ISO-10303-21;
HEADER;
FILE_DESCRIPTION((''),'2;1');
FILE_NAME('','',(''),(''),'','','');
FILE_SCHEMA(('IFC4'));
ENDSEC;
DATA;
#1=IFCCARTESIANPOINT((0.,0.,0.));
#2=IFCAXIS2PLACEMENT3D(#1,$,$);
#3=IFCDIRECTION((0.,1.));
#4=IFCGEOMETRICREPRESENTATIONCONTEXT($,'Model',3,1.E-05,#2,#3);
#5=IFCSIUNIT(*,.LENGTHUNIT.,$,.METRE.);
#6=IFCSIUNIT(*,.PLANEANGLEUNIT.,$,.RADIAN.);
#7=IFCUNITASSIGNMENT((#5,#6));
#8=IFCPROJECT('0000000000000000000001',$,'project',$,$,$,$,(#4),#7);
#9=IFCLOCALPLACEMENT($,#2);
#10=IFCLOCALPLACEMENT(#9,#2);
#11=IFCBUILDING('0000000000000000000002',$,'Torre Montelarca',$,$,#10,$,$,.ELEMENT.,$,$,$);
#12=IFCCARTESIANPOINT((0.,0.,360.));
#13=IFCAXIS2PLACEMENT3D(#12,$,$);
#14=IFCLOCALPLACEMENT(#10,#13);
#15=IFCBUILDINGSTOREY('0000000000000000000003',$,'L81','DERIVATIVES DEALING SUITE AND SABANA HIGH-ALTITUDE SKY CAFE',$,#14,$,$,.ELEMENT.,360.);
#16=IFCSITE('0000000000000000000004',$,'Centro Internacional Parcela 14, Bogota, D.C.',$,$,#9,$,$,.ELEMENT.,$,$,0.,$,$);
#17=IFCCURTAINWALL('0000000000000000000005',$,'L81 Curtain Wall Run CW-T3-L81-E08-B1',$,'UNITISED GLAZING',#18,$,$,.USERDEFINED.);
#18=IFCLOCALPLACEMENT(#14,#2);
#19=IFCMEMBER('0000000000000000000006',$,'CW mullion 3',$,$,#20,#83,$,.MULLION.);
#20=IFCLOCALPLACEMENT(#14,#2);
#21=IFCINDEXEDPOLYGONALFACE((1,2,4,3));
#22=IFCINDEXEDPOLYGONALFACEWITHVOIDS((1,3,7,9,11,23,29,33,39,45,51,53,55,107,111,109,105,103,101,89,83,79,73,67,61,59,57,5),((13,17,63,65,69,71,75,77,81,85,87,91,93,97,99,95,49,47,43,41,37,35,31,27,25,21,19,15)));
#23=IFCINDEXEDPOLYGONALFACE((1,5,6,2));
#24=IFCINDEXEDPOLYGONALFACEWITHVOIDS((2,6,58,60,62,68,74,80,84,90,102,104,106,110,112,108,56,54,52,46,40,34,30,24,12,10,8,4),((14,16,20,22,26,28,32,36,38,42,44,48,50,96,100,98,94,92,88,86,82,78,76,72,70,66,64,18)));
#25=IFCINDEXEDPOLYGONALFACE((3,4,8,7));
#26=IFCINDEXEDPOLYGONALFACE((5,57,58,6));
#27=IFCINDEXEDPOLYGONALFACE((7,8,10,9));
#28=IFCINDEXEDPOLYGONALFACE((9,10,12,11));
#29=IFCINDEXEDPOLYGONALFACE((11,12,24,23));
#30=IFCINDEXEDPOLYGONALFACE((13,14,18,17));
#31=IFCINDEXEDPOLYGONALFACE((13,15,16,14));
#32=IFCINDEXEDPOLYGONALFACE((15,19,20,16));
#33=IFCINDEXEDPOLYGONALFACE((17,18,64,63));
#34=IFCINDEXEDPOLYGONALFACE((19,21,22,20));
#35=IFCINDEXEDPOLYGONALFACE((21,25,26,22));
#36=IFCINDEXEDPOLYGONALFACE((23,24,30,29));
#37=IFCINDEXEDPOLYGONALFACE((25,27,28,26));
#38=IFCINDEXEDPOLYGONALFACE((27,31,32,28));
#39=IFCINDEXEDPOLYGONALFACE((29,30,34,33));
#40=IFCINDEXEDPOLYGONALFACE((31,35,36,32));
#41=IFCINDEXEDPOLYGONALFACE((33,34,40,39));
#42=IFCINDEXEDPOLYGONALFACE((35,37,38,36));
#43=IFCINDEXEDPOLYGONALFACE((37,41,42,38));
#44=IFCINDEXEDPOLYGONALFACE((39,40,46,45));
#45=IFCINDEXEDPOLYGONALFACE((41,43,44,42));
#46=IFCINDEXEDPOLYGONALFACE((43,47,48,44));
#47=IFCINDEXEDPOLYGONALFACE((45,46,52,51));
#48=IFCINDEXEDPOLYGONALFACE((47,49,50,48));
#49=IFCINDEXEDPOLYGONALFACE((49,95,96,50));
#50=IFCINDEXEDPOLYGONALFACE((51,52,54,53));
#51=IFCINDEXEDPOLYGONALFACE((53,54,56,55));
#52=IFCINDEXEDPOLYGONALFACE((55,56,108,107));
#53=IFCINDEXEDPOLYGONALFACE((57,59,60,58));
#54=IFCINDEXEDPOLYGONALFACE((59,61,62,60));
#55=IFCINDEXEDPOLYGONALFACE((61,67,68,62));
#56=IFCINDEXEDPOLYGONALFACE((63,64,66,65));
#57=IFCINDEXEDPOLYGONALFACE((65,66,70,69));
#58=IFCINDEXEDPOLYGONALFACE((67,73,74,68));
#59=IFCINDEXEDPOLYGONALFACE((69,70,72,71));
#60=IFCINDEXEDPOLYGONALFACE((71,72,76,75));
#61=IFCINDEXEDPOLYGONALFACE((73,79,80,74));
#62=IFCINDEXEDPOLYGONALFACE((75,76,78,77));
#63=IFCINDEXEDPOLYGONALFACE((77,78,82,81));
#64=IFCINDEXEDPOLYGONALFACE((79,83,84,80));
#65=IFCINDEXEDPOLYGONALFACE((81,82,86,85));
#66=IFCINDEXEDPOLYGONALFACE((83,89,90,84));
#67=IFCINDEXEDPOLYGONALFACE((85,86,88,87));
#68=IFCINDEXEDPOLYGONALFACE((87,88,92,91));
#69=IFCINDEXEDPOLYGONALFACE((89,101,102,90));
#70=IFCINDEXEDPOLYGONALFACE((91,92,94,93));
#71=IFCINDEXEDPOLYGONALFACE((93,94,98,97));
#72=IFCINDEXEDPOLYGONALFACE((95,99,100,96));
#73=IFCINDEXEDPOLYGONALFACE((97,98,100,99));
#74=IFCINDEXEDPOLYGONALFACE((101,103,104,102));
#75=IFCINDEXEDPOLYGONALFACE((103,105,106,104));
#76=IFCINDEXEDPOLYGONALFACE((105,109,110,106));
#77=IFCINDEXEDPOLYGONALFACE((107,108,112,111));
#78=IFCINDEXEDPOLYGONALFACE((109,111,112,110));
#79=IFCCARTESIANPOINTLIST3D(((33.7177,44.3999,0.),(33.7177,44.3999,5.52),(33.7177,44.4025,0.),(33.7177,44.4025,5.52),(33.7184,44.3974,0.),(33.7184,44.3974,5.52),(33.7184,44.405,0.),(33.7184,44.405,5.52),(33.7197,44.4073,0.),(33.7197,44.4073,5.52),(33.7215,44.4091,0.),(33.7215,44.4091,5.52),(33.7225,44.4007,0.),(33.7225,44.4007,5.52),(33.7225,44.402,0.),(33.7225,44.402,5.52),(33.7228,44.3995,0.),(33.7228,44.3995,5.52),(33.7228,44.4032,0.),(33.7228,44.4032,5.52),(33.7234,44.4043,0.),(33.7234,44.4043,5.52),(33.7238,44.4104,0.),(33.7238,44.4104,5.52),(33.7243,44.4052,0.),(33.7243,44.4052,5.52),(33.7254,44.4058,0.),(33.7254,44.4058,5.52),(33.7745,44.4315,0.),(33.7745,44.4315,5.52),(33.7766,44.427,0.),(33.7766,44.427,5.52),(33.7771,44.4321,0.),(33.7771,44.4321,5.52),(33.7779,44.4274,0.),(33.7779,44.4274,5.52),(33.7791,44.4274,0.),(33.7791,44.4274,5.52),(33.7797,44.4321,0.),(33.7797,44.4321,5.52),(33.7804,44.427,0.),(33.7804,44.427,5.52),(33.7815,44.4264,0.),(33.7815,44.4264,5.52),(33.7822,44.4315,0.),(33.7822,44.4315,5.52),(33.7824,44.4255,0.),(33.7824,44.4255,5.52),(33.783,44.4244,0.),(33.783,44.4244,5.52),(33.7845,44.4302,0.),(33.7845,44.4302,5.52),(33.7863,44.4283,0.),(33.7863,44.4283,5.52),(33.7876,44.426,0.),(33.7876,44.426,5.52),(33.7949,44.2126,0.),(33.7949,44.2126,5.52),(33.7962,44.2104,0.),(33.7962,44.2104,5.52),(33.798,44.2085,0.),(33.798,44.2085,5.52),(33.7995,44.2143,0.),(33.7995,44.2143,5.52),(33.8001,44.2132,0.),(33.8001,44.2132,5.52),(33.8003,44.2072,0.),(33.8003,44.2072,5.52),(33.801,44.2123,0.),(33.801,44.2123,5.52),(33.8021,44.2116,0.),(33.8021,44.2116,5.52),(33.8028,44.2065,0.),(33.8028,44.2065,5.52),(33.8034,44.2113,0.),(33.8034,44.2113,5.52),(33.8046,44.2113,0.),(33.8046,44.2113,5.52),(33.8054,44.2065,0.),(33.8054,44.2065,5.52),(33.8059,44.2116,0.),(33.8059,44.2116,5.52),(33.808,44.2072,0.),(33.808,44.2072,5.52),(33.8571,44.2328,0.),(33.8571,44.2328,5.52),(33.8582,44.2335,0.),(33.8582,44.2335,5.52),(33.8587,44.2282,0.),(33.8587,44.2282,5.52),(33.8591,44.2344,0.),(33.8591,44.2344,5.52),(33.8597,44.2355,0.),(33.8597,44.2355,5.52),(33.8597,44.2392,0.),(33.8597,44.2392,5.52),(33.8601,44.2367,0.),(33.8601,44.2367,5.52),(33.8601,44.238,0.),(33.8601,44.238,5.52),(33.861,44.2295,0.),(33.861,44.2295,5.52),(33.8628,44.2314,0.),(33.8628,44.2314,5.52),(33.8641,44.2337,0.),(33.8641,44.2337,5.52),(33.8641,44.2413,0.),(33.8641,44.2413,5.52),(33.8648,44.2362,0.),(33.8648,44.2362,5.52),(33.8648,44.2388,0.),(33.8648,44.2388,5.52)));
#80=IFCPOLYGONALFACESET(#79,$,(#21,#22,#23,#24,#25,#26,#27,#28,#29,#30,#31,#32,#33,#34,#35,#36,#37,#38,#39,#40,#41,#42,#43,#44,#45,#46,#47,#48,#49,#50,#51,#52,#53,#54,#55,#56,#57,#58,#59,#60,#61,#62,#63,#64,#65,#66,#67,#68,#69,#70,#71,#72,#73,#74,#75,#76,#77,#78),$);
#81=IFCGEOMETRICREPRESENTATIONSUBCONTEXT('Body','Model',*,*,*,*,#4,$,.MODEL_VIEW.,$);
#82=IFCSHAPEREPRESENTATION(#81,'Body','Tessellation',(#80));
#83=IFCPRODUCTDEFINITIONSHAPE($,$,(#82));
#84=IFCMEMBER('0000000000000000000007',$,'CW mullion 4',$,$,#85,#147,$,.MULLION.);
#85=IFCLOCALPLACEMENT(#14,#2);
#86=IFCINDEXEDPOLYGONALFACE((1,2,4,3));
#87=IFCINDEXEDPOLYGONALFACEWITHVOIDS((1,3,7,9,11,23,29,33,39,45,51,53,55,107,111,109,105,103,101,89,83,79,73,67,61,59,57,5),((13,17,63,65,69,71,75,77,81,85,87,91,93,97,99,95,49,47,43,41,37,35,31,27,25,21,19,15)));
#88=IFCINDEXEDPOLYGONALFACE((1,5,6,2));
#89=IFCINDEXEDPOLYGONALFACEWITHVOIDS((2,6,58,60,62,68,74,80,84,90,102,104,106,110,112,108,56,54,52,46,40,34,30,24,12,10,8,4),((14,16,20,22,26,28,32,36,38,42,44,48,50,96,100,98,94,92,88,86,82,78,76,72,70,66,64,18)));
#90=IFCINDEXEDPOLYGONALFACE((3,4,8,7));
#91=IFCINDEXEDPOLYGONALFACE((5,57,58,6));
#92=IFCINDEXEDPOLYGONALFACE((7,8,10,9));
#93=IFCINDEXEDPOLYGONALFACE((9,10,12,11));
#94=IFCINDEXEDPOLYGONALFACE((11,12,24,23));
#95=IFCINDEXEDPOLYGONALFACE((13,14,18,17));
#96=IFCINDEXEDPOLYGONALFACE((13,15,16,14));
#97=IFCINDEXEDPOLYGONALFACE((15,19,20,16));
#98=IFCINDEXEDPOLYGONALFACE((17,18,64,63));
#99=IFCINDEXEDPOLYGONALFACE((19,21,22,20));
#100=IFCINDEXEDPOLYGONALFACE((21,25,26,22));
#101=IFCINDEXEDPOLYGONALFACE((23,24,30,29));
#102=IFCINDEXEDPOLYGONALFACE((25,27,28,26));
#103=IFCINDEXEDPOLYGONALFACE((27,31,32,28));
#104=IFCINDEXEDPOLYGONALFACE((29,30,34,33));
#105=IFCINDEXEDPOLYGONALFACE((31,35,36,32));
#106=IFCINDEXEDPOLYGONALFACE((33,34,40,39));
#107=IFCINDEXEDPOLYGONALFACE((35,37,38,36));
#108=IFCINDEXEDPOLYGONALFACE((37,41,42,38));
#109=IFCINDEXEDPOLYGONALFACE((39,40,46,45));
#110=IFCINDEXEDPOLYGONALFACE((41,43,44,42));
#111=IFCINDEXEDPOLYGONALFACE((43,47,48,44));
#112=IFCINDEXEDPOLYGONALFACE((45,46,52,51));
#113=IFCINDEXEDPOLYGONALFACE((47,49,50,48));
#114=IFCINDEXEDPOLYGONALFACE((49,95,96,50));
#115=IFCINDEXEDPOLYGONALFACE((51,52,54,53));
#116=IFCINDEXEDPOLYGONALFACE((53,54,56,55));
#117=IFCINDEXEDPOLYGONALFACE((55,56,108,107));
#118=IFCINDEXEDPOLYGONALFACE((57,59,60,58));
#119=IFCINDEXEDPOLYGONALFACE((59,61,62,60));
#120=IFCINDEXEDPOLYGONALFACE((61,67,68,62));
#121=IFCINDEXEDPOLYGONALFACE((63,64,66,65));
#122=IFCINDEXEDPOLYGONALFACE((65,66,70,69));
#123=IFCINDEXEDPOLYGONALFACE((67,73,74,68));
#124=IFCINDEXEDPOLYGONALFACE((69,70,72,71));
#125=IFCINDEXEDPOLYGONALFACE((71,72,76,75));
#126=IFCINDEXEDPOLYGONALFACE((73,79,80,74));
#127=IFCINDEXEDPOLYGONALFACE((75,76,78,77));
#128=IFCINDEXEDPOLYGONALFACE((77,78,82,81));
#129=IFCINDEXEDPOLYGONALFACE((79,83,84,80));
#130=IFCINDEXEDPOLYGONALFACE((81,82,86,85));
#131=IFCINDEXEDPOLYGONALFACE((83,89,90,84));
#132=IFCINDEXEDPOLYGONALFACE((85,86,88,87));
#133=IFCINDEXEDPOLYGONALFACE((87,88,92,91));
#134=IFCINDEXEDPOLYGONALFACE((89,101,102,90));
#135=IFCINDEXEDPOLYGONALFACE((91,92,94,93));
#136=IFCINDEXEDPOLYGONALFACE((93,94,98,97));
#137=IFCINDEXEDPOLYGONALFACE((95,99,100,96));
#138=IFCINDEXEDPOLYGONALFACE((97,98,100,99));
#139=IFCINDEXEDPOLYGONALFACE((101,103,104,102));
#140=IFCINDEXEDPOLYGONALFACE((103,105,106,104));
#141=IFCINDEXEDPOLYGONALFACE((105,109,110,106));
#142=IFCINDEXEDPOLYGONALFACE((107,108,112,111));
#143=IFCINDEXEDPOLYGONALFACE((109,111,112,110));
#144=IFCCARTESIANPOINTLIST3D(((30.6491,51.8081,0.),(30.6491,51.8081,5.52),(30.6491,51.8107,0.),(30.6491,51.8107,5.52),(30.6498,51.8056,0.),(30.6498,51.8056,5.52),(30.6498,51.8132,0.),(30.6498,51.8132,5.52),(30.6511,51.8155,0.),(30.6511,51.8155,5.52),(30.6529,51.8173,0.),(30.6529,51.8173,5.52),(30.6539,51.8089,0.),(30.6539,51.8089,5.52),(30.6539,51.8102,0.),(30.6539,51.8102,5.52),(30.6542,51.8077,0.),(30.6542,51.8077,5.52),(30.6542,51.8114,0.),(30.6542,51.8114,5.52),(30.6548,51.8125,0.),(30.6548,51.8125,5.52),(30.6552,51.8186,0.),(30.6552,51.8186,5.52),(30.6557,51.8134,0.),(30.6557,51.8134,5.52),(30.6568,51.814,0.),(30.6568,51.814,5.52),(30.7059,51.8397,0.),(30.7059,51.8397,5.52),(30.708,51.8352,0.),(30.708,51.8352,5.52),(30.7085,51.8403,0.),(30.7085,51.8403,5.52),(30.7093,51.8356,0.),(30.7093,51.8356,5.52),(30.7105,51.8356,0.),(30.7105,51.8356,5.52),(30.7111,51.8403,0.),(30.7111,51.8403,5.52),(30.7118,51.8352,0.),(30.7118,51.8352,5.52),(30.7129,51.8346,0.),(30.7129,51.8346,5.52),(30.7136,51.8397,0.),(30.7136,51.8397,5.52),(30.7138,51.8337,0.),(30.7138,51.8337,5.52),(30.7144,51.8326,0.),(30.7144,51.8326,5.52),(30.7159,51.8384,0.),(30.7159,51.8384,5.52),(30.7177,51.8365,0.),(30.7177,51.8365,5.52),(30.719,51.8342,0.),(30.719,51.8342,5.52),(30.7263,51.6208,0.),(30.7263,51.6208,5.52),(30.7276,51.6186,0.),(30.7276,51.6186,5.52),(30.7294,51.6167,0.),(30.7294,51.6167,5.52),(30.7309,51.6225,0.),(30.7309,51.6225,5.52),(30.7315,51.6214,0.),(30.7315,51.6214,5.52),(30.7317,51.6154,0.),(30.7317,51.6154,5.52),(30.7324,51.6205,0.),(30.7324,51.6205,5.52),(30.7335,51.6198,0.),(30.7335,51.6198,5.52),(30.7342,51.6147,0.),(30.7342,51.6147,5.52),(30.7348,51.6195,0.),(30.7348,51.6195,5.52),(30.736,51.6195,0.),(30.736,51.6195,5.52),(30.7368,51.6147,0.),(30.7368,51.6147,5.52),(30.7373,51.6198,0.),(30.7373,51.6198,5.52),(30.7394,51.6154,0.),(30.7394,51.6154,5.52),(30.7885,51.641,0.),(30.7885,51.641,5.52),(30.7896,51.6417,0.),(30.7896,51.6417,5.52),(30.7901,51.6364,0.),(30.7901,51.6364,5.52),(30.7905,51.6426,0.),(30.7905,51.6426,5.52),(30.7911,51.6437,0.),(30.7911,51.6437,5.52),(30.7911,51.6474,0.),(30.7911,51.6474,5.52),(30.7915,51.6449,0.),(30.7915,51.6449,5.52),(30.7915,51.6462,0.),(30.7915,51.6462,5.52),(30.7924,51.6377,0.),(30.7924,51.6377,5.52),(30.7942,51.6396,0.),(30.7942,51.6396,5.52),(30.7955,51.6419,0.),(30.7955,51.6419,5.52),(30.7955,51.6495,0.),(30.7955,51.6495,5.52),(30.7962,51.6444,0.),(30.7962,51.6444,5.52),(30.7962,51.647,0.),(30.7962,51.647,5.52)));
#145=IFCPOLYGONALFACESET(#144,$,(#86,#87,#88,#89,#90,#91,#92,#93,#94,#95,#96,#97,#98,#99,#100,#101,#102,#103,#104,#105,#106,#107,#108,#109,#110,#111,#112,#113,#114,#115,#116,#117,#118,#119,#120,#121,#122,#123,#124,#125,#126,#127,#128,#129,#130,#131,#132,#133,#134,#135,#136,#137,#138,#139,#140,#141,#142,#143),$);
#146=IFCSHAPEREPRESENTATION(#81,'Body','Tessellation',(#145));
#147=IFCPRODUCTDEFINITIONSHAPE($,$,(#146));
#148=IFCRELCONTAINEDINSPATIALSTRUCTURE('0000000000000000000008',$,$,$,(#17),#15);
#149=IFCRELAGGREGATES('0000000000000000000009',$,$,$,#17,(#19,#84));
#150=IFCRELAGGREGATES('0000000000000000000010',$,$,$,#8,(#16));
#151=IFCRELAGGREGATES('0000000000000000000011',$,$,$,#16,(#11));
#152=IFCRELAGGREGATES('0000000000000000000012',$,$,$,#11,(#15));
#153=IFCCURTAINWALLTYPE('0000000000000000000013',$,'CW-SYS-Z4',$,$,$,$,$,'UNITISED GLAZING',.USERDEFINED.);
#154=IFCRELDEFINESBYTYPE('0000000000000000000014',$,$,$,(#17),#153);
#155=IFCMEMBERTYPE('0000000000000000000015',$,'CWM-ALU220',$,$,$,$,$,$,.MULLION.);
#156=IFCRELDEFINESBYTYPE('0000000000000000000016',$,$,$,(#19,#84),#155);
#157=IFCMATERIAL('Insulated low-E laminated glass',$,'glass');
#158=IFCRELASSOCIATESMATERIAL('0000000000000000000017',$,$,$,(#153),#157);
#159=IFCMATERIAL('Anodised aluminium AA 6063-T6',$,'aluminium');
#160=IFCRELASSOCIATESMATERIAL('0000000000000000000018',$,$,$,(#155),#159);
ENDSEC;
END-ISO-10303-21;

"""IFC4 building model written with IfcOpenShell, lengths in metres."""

from ifc_helpers import new_model, si_unit, direction, frame, origin, origin_2d, place, context, subcontext, project, spatial, hollow_rectangle, extrude, source, transform, mapped, material, material_profile, profile_set, type_object, element, aggregate, save


model = new_model("IFC4")

# Units and contexts
model_context = context("Model", 3, precision=1e-05, world=origin(), true_north=direction((0.0, 1.0)))
body_context = subcontext(model_context, "Body", "Model", "MODEL_VIEW")
ifc_project = project(units=[si_unit("LENGTHUNIT", "METRE"), si_unit("PLANEANGLEUNIT", "RADIAN")], contexts=[model_context])

# Site, building, storey
site_placement = place(None, origin())
site = spatial("IfcSite", under=ifc_project, at=site_placement, Name="Centro Internacional Parcela 14, Bogota, D.C.", CompositionType="ELEMENT", RefElevation=0.0)
building_placement = place(site_placement, origin())
building = spatial("IfcBuilding", under=site, at=building_placement, Name="Torre Montelarca", CompositionType="ELEMENT")
storey_placement = place(building_placement, frame((0.0, 0.0, 360.0)))
storey = spatial("IfcBuildingStorey", under=building, at=storey_placement, Name="L81", Description="DERIVATIVES DEALING SUITE AND SABANA HIGH-ALTITUDE SKY CAFE", CompositionType="ELEMENT", Elevation=360.0)

# Curtain wall, members
ifc_material_1 = material(Name="Insulated low-E laminated glass", Category="glass")
curtain_wall_type = type_object("IfcCurtainWallType", Name="CW-SYS-Z4", ElementType="UNITISED GLAZING", PredefinedType="USERDEFINED", material=ifc_material_1)
curtain_wall_1_placement = place(storey_placement, origin())
curtain_wall_1 = element("IfcCurtainWall", 1, at=curtain_wall_1_placement, inside=storey, type_object=curtain_wall_type, Name="L81 Curtain Wall Run CW-T3-L81-E08-B1", ObjectType="UNITISED GLAZING", PredefinedType="USERDEFINED")
ifc_material_2 = material(Name="Anodised aluminium AA 6063-T6", Category="aluminium")
ifc_material_profile_1 = material_profile(ifc_material_2, hollow_rectangle(XDim=0.075, YDim=0.22, WallThickness=0.0049, InnerFilletRadius=0.0049, OuterFilletRadius=0.01, at=origin_2d()), Name="ALU75X220X5", Category="aluminium")
ifc_profile_set_1 = profile_set([ifc_material_profile_1], Name="Anodised aluminium AA 6063-T6")
member_type_1 = type_object("IfcMemberType", Name="CWM-ALU220", PredefinedType="MULLION", material=ifc_profile_set_1)
shared_shape_1 = source(origin(), body_context, "Body", "SweptSolid", [
    extrude(hollow_rectangle(XDim=0.075, YDim=0.22, WallThickness=0.0049, InnerFilletRadius=0.0049, OuterFilletRadius=0.01, at=origin_2d()), origin(), (0.0, 0.0, 1.0), 5.52),
])
member_1_placement = place(storey_placement, frame((33.7913, 44.3193, 0.0), z_axis=(0.0, 0.0, 1.0), x_axis=(-0.923881, -0.38268, 0.0)))
member_1 = element("IfcMember", 2, at=member_1_placement, type_object=member_type_1, Name="CW mullion 3", PredefinedType="MULLION", context=body_context, shape_type="MappedRepresentation", body=[
    mapped(shared_shape_1, transform((0.0, 0.0, 0.0), scale=1.0)),
])
member_2_placement = place(storey_placement, frame((30.7227, 51.7275, 0.0), z_axis=(0.0, 0.0, 1.0), x_axis=(-0.923881, -0.38268, 0.0)))
member_2 = element("IfcMember", 3, at=member_2_placement, type_object=member_type_1, Name="CW mullion 4", PredefinedType="MULLION", context=body_context, shape_type="MappedRepresentation", body=[
    mapped(shared_shape_1, transform((0.0, 0.0, 0.0), scale=1.0)),
])

aggregate(curtain_wall_1, [member_1, member_2])

save(model, "model.ifc")
